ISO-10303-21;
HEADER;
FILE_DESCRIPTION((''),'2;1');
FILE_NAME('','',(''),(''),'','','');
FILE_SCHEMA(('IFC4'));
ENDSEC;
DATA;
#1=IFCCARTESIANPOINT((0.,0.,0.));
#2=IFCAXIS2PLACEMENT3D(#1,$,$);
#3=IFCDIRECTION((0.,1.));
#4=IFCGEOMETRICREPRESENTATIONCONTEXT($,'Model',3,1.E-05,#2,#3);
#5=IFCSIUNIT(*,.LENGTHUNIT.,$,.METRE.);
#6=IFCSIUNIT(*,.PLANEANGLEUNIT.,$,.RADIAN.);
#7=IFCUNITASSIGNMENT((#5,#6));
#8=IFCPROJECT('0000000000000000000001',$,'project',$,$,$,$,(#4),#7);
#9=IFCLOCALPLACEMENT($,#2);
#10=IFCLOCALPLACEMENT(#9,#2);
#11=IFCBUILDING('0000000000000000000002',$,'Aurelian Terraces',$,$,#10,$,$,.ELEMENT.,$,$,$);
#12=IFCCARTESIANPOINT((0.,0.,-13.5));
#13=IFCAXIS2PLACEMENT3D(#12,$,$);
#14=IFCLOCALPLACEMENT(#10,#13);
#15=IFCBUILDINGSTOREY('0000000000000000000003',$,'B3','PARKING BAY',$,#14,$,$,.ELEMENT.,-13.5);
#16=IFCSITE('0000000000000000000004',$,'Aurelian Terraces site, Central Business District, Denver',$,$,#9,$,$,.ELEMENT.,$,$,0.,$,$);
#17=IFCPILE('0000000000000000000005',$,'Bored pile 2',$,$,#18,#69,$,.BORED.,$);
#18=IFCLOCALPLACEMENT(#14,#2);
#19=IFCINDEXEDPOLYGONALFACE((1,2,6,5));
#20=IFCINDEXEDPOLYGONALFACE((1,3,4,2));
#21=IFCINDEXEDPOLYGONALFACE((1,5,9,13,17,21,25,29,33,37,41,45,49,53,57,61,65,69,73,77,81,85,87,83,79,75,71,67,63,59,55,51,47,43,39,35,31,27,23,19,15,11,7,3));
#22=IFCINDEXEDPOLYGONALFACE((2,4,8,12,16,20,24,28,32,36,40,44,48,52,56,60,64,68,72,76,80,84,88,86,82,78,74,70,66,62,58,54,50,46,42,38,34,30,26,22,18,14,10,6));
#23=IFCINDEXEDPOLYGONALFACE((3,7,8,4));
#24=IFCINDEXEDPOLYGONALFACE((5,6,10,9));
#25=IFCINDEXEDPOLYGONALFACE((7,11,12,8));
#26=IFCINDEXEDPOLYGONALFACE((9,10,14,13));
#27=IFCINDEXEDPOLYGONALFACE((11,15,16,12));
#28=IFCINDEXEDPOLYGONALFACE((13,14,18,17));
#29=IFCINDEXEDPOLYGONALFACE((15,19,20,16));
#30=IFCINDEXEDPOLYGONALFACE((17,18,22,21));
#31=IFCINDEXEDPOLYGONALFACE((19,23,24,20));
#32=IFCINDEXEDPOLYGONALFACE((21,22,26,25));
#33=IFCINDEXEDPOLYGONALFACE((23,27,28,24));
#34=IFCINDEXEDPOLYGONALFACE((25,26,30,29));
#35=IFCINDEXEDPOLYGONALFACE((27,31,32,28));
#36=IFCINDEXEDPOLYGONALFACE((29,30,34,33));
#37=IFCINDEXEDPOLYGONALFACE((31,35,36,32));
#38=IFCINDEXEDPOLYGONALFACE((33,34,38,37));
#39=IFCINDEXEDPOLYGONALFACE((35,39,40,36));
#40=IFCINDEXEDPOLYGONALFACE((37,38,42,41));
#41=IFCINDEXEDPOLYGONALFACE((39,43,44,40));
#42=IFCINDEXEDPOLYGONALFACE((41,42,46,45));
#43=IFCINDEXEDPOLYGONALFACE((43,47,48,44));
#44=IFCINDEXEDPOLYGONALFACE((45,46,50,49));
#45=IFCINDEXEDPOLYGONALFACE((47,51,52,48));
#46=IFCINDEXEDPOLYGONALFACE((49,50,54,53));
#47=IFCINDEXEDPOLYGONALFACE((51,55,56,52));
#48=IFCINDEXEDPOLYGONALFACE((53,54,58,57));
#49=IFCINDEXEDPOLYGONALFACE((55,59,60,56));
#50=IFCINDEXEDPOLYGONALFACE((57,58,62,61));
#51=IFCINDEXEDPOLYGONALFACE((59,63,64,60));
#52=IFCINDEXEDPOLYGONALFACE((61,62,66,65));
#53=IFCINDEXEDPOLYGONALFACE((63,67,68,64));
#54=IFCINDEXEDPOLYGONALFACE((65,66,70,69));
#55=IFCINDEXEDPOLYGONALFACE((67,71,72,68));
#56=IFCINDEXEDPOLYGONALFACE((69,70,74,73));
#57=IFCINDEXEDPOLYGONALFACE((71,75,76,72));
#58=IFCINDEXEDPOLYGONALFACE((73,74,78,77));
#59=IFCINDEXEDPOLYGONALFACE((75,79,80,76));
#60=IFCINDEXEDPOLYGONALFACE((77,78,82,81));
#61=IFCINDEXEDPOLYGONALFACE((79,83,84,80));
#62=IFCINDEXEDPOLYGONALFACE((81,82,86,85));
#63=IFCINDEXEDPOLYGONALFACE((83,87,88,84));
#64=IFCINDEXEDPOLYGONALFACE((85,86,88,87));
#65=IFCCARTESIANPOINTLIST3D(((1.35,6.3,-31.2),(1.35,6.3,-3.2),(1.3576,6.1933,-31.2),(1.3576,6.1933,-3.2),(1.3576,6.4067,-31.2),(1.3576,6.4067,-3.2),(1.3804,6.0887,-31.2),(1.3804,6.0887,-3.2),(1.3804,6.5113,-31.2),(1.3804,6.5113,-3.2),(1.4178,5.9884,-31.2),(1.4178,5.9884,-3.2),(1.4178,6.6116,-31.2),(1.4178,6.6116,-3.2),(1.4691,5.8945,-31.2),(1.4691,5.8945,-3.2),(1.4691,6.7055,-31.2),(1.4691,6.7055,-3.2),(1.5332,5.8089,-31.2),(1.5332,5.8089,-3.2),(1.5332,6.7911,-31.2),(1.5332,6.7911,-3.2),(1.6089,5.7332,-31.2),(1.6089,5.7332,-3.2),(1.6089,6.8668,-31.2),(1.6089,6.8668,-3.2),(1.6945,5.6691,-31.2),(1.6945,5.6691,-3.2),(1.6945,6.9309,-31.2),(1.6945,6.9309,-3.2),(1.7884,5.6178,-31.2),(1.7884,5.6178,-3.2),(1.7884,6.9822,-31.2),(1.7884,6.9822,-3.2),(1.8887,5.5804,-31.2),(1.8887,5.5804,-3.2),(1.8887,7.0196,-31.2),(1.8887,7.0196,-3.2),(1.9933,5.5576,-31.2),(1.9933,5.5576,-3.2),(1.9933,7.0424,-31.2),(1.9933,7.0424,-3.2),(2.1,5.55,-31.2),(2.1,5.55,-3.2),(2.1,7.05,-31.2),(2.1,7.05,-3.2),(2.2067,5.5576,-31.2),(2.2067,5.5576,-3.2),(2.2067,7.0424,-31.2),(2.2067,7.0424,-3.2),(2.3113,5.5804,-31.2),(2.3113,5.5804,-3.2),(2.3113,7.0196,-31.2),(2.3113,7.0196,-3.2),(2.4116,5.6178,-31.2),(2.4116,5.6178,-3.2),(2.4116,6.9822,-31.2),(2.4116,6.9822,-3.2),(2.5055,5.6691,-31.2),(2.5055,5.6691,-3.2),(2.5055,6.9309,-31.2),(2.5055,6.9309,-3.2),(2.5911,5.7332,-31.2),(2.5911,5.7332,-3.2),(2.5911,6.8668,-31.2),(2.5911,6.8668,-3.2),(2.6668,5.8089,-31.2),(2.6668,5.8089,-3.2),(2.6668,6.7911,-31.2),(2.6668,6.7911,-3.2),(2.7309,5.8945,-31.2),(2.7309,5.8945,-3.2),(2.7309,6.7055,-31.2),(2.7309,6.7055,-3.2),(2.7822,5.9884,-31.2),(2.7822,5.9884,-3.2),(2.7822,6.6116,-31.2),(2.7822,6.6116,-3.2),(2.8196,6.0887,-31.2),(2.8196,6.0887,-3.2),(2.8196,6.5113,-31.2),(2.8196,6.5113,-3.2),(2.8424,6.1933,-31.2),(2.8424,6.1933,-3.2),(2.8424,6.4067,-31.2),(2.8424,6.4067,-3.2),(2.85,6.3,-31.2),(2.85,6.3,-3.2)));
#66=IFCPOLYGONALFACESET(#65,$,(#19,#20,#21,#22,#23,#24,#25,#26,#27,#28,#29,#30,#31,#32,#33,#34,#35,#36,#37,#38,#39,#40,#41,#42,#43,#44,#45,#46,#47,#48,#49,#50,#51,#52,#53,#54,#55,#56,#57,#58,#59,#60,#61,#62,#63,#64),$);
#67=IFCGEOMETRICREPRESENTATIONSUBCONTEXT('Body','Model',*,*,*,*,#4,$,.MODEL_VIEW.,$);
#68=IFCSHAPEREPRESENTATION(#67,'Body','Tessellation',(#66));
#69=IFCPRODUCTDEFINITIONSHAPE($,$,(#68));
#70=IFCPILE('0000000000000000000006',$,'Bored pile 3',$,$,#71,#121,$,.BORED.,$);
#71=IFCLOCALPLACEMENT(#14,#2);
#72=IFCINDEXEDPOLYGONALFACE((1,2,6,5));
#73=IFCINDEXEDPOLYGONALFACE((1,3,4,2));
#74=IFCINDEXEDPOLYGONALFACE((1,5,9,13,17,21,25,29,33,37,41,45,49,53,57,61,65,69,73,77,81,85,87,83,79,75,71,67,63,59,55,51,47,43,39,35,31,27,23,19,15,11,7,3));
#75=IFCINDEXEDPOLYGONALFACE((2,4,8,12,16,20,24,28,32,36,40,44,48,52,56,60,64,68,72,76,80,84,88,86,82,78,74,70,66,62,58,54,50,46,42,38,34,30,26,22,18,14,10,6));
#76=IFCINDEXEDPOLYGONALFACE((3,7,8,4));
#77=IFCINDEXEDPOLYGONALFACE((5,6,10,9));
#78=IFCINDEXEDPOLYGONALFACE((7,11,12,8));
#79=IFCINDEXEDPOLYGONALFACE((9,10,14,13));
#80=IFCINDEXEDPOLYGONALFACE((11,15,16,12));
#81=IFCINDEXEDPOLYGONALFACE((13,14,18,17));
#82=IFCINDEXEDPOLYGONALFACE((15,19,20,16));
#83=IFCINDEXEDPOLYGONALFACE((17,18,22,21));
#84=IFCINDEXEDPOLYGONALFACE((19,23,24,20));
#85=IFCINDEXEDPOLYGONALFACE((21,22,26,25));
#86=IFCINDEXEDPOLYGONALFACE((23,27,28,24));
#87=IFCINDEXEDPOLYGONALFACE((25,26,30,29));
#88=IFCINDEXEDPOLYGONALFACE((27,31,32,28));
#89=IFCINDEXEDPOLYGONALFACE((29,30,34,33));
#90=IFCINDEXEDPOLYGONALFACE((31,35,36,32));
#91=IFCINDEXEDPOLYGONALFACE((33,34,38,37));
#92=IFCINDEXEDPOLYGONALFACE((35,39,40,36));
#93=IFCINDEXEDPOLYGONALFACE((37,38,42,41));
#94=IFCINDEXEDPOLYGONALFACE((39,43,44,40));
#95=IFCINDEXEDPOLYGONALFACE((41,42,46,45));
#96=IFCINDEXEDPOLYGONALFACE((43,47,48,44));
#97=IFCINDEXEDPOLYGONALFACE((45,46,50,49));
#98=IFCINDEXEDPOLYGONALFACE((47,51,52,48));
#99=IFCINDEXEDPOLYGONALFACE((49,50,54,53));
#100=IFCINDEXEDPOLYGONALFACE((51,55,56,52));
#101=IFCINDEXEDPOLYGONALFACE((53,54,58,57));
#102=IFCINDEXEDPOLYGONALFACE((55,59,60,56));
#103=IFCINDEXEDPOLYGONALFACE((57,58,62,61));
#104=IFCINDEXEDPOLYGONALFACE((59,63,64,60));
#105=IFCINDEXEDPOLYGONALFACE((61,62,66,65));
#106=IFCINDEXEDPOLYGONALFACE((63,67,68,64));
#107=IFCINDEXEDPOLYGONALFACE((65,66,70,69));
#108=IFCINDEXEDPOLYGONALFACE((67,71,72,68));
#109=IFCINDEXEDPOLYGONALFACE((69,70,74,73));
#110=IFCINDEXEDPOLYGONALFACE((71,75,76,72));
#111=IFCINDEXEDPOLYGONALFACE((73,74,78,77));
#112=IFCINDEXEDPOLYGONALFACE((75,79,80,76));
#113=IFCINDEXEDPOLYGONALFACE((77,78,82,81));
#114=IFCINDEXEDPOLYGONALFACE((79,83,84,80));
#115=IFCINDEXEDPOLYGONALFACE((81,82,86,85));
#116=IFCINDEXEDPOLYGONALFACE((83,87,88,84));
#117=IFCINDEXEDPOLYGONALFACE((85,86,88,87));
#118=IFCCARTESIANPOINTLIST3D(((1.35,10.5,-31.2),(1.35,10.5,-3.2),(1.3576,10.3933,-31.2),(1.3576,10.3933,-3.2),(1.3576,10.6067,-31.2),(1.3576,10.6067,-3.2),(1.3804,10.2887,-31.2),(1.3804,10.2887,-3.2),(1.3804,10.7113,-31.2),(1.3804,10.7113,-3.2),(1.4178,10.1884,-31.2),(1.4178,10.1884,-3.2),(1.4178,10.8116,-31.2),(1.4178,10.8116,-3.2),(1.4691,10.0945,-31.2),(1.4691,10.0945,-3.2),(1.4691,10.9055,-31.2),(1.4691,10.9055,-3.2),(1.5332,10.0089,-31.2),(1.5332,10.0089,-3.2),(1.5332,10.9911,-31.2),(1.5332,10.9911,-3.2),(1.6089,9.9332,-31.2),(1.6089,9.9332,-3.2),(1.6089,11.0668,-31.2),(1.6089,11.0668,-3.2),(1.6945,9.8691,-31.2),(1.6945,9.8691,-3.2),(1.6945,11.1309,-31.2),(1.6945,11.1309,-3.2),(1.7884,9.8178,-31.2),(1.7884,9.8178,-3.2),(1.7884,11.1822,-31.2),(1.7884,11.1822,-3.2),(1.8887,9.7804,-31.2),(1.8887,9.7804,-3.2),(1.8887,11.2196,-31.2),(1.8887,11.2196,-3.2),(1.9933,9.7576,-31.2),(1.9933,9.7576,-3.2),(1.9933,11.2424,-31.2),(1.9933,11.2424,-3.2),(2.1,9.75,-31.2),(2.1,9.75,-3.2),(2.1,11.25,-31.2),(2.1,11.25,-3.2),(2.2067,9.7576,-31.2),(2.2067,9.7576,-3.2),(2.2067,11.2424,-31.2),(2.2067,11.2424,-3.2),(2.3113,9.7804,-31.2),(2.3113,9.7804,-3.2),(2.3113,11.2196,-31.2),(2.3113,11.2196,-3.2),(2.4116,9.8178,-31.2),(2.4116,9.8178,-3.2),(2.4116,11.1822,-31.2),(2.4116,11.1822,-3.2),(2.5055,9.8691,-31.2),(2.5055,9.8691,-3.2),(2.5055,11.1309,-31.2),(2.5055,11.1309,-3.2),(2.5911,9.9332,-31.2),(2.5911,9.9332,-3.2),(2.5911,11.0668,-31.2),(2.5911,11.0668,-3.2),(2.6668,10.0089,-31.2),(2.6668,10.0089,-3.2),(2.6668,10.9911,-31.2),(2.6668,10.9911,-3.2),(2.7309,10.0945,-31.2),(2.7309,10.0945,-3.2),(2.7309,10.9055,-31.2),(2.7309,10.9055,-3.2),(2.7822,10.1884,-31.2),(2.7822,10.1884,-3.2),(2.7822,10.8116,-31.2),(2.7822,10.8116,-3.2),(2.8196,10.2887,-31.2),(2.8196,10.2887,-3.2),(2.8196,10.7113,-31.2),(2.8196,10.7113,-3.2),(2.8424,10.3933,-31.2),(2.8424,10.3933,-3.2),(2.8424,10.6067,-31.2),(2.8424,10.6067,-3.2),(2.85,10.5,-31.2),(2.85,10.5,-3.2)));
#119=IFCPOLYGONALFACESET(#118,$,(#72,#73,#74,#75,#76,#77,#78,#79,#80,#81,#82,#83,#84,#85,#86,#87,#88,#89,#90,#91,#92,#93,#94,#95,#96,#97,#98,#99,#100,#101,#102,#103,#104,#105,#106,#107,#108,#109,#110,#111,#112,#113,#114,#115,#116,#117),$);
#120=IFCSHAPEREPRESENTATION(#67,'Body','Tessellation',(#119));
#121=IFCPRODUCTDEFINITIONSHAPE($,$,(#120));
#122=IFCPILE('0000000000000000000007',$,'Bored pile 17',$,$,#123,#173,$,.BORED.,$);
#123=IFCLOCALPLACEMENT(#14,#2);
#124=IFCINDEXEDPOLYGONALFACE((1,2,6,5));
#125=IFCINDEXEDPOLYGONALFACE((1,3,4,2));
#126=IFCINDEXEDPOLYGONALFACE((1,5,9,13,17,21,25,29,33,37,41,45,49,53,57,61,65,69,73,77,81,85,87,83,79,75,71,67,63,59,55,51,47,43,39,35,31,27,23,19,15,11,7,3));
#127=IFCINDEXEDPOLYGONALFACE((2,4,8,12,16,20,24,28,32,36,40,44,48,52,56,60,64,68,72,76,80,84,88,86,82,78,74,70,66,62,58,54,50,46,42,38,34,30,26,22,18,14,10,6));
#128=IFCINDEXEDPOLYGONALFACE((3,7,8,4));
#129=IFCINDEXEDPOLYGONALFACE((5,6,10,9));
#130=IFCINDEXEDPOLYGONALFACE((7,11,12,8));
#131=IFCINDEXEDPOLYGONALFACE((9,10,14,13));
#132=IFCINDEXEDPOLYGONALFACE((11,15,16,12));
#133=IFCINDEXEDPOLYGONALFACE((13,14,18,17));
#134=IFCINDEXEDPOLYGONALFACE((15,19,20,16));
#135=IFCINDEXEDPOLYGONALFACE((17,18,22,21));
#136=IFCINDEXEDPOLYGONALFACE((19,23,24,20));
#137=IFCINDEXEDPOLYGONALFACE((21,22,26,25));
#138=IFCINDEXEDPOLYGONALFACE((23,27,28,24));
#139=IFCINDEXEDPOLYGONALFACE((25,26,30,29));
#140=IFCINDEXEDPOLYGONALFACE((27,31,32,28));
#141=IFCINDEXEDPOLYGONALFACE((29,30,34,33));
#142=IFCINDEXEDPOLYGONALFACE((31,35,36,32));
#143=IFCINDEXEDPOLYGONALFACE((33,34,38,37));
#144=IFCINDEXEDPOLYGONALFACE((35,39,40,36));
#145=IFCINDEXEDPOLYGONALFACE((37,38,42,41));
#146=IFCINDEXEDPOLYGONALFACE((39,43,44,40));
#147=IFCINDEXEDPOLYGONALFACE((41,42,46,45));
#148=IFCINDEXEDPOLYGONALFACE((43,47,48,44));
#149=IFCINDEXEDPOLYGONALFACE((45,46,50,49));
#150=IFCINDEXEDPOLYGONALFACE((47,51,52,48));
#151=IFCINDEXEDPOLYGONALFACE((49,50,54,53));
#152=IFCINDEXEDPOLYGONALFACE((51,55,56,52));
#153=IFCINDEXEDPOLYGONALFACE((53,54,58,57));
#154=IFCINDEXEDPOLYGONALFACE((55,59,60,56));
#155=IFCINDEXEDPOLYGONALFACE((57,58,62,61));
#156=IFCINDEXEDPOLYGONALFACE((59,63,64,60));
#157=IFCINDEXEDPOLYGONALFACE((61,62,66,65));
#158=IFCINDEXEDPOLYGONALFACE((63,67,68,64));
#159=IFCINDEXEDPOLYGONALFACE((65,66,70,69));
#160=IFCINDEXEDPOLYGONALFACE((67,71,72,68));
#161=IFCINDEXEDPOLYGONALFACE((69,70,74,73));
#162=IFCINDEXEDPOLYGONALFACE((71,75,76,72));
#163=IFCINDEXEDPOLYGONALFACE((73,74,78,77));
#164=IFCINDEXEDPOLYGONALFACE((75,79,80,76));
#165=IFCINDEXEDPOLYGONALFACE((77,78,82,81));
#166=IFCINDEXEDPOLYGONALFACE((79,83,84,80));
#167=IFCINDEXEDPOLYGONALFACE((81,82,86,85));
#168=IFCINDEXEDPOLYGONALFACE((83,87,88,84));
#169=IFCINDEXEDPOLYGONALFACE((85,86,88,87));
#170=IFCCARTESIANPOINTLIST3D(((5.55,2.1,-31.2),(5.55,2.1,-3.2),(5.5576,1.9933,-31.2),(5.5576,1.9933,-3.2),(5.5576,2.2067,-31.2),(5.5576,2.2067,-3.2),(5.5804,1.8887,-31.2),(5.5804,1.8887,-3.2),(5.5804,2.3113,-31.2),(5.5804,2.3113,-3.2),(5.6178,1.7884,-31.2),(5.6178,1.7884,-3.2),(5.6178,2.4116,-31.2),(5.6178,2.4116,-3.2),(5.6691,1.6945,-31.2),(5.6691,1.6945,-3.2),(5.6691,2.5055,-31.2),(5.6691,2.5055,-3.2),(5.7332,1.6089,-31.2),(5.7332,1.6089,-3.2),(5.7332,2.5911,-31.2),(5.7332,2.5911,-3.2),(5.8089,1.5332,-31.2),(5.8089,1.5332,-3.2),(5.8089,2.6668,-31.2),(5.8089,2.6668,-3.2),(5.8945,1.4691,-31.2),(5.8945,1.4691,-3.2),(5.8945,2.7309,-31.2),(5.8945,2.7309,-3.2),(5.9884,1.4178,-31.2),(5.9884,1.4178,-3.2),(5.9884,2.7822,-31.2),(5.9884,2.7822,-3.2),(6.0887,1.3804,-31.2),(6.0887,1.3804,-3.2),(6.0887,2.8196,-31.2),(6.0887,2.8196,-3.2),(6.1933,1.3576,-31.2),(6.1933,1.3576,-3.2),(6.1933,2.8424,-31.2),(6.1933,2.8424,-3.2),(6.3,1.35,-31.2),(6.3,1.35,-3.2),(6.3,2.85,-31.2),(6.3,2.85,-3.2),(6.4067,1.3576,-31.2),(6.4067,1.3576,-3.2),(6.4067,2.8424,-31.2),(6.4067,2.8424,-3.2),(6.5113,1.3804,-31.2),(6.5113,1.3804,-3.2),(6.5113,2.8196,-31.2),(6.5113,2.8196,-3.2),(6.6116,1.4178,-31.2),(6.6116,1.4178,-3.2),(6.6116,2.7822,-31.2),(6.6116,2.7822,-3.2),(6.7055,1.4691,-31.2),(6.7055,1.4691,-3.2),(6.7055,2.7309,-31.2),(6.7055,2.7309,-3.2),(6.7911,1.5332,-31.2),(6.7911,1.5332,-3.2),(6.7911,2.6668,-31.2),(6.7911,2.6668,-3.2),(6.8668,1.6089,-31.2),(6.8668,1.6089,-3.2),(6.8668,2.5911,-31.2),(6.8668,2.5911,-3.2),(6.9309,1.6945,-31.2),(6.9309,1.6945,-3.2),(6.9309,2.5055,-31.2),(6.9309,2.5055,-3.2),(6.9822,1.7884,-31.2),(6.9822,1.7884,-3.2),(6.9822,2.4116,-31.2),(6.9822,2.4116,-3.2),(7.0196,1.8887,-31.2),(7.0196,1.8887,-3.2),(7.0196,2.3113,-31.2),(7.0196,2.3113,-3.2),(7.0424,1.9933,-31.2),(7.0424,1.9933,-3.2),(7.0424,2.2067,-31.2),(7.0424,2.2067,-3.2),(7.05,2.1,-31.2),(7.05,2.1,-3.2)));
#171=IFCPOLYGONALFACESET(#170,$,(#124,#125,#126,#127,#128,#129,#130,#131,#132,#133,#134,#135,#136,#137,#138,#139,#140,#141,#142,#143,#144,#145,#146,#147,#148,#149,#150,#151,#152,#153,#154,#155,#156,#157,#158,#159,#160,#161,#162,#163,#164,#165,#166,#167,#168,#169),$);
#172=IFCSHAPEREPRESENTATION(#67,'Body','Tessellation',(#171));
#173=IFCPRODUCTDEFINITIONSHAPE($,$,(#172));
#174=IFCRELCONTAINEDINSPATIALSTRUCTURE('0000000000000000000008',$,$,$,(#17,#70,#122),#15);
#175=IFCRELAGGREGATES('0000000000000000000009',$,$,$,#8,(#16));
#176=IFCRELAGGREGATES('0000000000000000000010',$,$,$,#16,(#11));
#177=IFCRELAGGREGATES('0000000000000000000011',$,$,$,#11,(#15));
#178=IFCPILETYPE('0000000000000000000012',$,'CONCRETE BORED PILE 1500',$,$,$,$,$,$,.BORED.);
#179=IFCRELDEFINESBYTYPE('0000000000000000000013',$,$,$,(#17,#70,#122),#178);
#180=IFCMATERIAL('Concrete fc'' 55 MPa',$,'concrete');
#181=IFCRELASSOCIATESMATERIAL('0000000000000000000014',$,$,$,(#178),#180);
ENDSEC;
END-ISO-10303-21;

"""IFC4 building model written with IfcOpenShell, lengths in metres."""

from ifc_helpers import new_model, si_unit, direction, frame, origin, origin_2d, place, context, subcontext, project, spatial, circle, extrude, source, transform, mapped, material, material_profile, profile_set, type_object, element, save


model = new_model("IFC4")

# Units and contexts
model_context = context("Model", 3, precision=1e-05, world=origin(), true_north=direction((0.0, 1.0)))
body_context = subcontext(model_context, "Body", "Model", "MODEL_VIEW")
ifc_project = project(units=[si_unit("LENGTHUNIT", "METRE"), si_unit("PLANEANGLEUNIT", "RADIAN")], contexts=[model_context])

# Site, building, storey
site_placement = place(None, origin())
site = spatial("IfcSite", under=ifc_project, at=site_placement, Name="Aurelian Terraces site, Central Business District, Denver", CompositionType="ELEMENT", RefElevation=0.0)
building_placement = place(site_placement, origin())
building = spatial("IfcBuilding", under=site, at=building_placement, Name="Aurelian Terraces", CompositionType="ELEMENT")
storey_placement = place(building_placement, frame((0.0, 0.0, -13.5)))
storey = spatial("IfcBuildingStorey", under=building, at=storey_placement, Name="B3", Description="PARKING BAY", CompositionType="ELEMENT", Elevation=-13.5)

# Shared definitions
ifc_material_1 = material(Name="Concrete fc' 55 MPa", Category="concrete")
ifc_material_profile_1 = material_profile(ifc_material_1, circle(Radius=0.75, at=origin_2d()))
ifc_profile_set_1 = profile_set([ifc_material_profile_1], Name="Concrete fc' 55 MPa")
pile_type = type_object("IfcPileType", Name="CONCRETE BORED PILE 1500", PredefinedType="BORED", material=ifc_profile_set_1)

# Piles
shared_shape_1 = source(origin(), body_context, "Body", "SweptSolid", [
    extrude(circle(Radius=0.75, at=origin_2d()), origin(), (0.0, 0.0, 1.0), 28.0),
])
for number, where, z_axis, x_axis, name in (
    (1, (2.1, 6.3, -3.2), (0.0, 0.0, -1.0), (1.0, 0.0, 0.0), "Bored pile 2"),
    (2, (2.1, 10.5, -3.2), (0.0, 0.0, -1.0), (1.0, 0.0, 0.0), "Bored pile 3"),
    (3, (6.3, 2.1, -3.2), (0.0, 0.0, -1.0), (1.0, 0.0, 0.0), "Bored pile 17"),
):
    element("IfcPile", number, at=place(storey_placement, frame(where, z_axis=z_axis, x_axis=x_axis)), inside=storey, type_object=pile_type, Name=name, PredefinedType="BORED", context=body_context, shape_type="MappedRepresentation", body=[
        mapped(shared_shape_1, transform((0.0, 0.0, 0.0), scale=1.0)),
    ])

save(model, "model.ifc")
